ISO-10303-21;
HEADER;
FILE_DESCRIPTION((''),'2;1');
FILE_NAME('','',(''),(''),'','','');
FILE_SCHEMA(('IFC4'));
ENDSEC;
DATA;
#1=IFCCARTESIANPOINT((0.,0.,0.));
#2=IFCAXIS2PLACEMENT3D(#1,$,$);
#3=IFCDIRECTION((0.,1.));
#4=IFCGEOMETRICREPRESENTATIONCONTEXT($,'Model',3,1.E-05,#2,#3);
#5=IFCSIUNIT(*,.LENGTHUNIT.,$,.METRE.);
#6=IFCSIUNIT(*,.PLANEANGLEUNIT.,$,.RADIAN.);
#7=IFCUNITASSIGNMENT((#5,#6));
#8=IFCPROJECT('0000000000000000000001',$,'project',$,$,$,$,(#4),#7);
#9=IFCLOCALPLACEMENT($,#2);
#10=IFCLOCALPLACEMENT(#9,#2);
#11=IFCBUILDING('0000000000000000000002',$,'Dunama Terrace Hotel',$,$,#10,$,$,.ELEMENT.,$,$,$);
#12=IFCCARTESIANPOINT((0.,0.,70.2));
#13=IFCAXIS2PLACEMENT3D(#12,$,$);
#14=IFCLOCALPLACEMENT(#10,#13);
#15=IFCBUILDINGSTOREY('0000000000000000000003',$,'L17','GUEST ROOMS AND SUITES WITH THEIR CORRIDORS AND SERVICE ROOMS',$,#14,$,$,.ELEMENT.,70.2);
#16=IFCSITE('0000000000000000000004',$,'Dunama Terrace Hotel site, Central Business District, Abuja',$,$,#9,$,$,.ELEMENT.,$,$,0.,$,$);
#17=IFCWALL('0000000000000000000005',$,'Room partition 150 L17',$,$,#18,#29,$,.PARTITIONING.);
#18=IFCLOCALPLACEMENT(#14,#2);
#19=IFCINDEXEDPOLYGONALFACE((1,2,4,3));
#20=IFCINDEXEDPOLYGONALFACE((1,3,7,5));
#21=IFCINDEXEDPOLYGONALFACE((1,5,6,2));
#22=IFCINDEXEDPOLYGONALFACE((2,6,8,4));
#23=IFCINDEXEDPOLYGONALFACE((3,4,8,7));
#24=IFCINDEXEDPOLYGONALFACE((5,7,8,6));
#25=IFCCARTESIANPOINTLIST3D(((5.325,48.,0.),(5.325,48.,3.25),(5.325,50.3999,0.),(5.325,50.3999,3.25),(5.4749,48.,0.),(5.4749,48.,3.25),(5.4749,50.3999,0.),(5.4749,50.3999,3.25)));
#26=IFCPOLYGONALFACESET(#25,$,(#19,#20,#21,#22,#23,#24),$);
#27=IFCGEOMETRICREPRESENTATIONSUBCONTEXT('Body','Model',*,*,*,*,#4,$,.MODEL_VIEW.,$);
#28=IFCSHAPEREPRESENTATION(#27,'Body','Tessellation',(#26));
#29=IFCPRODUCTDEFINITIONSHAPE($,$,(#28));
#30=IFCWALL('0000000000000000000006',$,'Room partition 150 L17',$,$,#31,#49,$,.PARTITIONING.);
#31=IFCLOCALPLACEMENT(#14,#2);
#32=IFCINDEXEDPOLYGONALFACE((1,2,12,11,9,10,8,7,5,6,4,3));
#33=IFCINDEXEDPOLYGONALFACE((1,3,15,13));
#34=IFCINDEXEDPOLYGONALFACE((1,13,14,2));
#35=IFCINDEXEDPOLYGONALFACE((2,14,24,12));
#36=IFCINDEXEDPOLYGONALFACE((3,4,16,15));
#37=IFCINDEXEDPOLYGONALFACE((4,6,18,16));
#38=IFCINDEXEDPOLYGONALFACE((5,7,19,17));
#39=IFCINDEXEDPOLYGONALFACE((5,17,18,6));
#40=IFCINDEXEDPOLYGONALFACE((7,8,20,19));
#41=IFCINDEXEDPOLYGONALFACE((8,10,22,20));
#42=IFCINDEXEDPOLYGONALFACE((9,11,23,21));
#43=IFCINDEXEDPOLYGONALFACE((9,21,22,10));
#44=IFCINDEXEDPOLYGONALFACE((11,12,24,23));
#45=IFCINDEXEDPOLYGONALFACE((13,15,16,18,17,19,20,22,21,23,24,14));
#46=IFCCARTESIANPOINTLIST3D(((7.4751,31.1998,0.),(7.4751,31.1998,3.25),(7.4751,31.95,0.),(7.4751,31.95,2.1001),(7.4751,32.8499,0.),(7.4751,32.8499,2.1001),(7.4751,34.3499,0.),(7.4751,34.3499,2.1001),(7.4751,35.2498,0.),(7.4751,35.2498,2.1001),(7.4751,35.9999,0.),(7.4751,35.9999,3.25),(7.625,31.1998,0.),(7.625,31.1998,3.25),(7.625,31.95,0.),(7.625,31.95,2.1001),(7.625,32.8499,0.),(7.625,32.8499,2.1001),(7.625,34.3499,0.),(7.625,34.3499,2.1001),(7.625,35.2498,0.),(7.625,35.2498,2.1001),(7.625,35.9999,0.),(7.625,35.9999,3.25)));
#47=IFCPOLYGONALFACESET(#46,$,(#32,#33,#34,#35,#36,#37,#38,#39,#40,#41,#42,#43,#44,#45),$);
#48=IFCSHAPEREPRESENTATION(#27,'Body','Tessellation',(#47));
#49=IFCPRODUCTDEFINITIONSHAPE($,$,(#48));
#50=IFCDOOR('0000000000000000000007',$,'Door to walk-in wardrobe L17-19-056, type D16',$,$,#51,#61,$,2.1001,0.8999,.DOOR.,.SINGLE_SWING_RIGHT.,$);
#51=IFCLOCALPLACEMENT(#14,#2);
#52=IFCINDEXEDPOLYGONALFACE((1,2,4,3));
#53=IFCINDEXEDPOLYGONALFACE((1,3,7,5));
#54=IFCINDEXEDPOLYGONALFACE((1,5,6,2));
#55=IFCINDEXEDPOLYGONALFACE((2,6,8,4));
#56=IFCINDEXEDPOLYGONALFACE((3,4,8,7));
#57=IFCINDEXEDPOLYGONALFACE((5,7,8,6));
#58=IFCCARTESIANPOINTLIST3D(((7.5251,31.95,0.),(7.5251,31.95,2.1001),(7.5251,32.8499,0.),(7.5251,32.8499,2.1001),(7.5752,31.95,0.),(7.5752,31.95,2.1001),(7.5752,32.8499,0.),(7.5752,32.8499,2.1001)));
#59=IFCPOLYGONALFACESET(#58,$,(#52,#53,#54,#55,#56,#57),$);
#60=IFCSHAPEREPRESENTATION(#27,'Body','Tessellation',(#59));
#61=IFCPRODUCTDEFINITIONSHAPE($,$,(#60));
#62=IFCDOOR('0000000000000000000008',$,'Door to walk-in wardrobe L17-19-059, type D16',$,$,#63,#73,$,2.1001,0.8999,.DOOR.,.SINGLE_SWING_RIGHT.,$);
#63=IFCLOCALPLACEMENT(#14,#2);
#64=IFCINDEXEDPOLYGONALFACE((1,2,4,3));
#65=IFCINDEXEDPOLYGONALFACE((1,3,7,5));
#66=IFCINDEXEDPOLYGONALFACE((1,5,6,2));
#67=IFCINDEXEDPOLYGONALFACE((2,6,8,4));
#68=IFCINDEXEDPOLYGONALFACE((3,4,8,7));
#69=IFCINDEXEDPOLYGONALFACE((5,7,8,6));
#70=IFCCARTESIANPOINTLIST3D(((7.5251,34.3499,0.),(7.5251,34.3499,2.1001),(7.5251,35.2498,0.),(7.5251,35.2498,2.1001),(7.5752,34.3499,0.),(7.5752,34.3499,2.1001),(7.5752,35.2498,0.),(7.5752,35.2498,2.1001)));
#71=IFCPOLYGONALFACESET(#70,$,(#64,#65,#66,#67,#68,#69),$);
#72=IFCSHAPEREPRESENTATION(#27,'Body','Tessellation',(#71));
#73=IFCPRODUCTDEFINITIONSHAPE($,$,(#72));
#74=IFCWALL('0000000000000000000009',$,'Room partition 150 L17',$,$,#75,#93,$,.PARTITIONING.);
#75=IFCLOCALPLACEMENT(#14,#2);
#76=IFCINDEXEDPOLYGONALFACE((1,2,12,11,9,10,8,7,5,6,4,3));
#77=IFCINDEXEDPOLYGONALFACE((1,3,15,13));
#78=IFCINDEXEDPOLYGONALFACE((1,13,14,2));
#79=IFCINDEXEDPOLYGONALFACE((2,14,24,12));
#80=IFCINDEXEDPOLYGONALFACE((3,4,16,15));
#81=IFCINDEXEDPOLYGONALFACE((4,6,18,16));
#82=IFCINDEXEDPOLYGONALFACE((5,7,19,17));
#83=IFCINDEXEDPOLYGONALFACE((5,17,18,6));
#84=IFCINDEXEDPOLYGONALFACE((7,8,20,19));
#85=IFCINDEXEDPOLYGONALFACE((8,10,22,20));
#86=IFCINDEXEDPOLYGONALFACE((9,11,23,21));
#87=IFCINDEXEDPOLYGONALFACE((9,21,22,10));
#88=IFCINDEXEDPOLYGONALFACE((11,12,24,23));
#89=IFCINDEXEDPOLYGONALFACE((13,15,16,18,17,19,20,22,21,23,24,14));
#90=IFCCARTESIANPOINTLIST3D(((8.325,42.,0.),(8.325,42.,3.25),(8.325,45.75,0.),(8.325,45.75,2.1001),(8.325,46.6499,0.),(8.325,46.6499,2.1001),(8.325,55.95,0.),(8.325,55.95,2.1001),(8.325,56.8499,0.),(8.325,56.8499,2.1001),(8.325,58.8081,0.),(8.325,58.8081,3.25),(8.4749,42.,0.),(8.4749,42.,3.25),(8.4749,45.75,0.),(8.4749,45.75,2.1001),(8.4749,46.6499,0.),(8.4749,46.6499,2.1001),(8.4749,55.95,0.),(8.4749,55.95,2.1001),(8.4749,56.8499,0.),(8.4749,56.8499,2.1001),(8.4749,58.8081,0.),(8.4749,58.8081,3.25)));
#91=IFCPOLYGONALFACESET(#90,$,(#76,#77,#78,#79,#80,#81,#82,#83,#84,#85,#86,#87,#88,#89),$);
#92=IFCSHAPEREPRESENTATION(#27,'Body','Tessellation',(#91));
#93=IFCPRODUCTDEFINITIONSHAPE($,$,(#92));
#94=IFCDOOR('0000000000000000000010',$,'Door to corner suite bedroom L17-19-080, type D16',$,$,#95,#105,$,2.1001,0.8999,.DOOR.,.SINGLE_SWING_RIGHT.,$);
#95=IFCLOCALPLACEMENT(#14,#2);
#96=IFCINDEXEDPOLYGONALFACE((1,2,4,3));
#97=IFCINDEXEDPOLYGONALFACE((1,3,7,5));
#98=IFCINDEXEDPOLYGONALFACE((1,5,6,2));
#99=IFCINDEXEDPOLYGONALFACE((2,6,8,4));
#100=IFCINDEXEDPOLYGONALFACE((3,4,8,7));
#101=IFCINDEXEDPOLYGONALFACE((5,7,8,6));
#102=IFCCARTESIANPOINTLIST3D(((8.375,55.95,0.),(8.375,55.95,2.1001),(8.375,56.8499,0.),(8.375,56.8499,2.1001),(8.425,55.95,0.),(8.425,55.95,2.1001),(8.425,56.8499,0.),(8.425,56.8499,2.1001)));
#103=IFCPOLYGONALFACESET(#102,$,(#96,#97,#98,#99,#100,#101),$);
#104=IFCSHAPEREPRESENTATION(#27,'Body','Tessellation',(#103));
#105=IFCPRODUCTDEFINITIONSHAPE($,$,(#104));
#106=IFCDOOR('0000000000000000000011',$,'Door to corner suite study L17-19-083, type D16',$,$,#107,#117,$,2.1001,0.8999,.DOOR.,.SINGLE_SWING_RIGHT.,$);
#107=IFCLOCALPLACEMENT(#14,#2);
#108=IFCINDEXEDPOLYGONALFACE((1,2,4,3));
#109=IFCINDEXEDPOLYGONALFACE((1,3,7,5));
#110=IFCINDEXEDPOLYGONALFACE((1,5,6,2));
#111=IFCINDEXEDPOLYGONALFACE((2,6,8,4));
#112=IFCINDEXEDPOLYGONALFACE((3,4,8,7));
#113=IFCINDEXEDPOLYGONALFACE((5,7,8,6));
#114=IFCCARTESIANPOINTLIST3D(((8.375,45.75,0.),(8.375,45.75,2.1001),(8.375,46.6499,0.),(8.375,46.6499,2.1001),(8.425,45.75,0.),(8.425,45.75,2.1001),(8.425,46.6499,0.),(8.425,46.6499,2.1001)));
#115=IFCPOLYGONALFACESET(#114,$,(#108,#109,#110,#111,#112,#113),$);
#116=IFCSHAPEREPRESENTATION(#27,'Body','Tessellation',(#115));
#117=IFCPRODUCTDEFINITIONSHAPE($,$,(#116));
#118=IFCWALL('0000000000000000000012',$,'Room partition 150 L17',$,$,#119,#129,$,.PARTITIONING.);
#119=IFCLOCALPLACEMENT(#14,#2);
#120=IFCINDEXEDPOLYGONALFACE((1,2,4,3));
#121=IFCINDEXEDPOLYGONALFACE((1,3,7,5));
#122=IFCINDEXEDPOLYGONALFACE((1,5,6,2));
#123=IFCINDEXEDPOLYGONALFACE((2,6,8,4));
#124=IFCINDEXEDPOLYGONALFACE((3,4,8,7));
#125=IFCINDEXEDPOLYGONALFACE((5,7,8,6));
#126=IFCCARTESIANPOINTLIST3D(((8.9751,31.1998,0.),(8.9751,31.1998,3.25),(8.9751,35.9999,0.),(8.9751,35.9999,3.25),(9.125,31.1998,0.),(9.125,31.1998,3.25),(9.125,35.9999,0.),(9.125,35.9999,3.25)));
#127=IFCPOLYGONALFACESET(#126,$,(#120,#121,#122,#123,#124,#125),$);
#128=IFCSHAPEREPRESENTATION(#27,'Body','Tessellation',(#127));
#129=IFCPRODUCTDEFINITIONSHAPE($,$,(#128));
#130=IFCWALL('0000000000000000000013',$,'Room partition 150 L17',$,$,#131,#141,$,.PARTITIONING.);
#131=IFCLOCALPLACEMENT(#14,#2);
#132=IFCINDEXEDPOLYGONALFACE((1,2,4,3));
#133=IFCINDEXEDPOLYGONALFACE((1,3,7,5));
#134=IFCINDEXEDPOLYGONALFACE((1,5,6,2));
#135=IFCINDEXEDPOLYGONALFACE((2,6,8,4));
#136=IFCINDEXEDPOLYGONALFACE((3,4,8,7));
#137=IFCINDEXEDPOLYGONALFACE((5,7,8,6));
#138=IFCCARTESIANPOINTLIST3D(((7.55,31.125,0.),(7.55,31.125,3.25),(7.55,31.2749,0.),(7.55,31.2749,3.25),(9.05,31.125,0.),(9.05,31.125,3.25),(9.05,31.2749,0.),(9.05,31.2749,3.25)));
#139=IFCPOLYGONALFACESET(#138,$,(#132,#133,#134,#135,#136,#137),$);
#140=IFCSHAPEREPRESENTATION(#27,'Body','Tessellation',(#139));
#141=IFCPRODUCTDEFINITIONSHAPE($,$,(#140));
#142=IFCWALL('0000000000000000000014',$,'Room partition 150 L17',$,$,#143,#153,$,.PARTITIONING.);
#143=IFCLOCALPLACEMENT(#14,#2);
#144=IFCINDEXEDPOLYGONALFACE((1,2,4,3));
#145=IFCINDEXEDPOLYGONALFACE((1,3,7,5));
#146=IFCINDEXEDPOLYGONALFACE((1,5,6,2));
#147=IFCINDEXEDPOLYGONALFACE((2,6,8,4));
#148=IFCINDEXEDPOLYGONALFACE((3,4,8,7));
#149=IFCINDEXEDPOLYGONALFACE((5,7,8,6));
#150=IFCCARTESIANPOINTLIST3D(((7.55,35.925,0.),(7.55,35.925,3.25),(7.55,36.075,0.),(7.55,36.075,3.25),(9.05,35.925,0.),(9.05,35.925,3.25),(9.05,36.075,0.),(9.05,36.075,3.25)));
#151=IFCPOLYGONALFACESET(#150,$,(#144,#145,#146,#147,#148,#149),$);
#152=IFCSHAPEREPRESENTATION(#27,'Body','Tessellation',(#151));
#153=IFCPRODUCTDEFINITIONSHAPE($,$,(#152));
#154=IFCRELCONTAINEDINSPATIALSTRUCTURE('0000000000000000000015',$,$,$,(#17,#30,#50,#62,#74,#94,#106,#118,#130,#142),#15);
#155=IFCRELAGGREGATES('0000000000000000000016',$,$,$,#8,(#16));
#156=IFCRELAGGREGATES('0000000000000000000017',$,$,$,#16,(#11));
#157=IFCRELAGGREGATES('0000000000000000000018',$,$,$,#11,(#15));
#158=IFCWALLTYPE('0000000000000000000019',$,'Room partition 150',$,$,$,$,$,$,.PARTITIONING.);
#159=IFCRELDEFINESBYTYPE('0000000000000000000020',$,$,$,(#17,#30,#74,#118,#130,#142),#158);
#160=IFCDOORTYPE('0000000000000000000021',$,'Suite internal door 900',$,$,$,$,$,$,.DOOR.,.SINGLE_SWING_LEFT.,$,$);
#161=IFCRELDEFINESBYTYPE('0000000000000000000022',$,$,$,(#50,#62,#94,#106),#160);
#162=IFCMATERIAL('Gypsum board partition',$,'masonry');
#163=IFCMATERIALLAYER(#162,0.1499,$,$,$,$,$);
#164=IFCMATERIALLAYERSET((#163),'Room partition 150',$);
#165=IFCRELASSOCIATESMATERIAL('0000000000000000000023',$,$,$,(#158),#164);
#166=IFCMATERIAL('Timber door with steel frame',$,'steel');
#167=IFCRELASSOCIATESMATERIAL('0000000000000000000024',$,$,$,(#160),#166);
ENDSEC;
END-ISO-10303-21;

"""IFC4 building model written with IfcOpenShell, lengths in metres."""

from ifc_helpers import new_model, si_unit, direction, frame, frame_2d, origin, place, context, subcontext, project, spatial, rectangle, extrude, material, layer, layer_set, type_object, element, fill, save


model = new_model("IFC4")

# Units and contexts
model_context = context("Model", 3, precision=1e-05, world=origin(), true_north=direction((0.0, 1.0)))
body_context = subcontext(model_context, "Body", "Model", "MODEL_VIEW")
ifc_project = project(units=[si_unit("LENGTHUNIT", "METRE"), si_unit("PLANEANGLEUNIT", "RADIAN")], contexts=[model_context])

# Site, building, storey
site_placement = place(None, origin())
site = spatial("IfcSite", under=ifc_project, at=site_placement, Name="Dunama Terrace Hotel site, Central Business District, Abuja", CompositionType="ELEMENT", RefElevation=0.0)
building_placement = place(site_placement, origin())
building = spatial("IfcBuilding", under=site, at=building_placement, Name="Dunama Terrace Hotel", CompositionType="ELEMENT")
storey_placement = place(building_placement, frame((0.0, 0.0, 70.2)))
storey = spatial("IfcBuildingStorey", under=building, at=storey_placement, Name="L17", Description="GUEST ROOMS AND SUITES WITH THEIR CORRIDORS AND SERVICE ROOMS", CompositionType="ELEMENT", Elevation=70.2)

# Wall
ifc_material_1 = material(Name="Gypsum board partition", Category="masonry")
ifc_layer_1 = layer(ifc_material_1, 0.1499)
ifc_layer_set_1 = layer_set([ifc_layer_1], Name="Room partition 150")
wall_type_1 = type_object("IfcWallType", Name="Room partition 150", PredefinedType="PARTITIONING", material=ifc_layer_set_1)
wall_1_placement = place(storey_placement, frame((5.3999, 48.0, 0.0), z_axis=(0.0, 0.0, 1.0), x_axis=(0.0, 1.0, 0.0)))
element("IfcWall", 1, at=wall_1_placement, inside=storey, type_object=wall_type_1, Name="Room partition 150 L17", PredefinedType="PARTITIONING", context=body_context, shape_type="SweptSolid", body=[
    extrude(rectangle(XDim=2.3999, YDim=0.1499, at=frame_2d((1.2, 0.0))), origin(), (0.0, 0.0, 1.0), 3.25),
])

# Walls, openings, doors
wall_2_placement = place(storey_placement, frame((7.55, 31.2, 0.0), z_axis=(0.0, 0.0, 1.0), x_axis=(0.0, 1.0, 0.0)))
wall_2 = element("IfcWall", 2, at=wall_2_placement, inside=storey, type_object=wall_type_1, Name="Room partition 150 L17", PredefinedType="PARTITIONING", context=body_context, shape_type="SweptSolid", body=[
    extrude(rectangle(XDim=4.8, YDim=0.1499, at=frame_2d((2.3999, 0.0))), origin(), (0.0, 0.0, 1.0), 3.25),
])
opening_1_placement = place(wall_2_placement, frame((0.75, 0.0, 0.0)))
opening_1 = element("IfcOpeningElement", 3, at=opening_1_placement, cuts=wall_2, PredefinedType="OPENING", context=body_context, shape_type="SweptSolid", body=[
    extrude(rectangle(XDim=0.8999, YDim=2.1001, at=frame_2d((0.45, 1.05))), frame((0.0, 0.085, 0.0), z_axis=(0.0, -1.0, 0.0), x_axis=(1.0, 0.0, 0.0)), (0.0, 0.0, 1.0), 0.1699),
])
opening_2_placement = place(wall_2_placement, frame((3.1499, 0.0, 0.0)))
opening_2 = element("IfcOpeningElement", 4, at=opening_2_placement, cuts=wall_2, PredefinedType="OPENING", context=body_context, shape_type="SweptSolid", body=[
    extrude(rectangle(XDim=0.8999, YDim=2.1001, at=frame_2d((0.45, 1.05))), frame((0.0, 0.085, 0.0), z_axis=(0.0, -1.0, 0.0), x_axis=(1.0, 0.0, 0.0)), (0.0, 0.0, 1.0), 0.1699),
])
ifc_material_2 = material(Name="Timber door with steel frame", Category="steel")
door_type_1 = type_object("IfcDoorType", Name="Suite internal door 900", OperationType="SINGLE_SWING_LEFT", PredefinedType="DOOR", material=ifc_material_2)
door_1_placement = place(opening_1_placement, frame((0.8999, 0.0, 0.0), z_axis=(0.0, 0.0, 1.0), x_axis=(-1.0, 0.0, 0.0)))
door_1 = element("IfcDoor", 5, at=door_1_placement, inside=storey, type_object=door_type_1, Name="Door to walk-in wardrobe L17-19-056, type D16", OperationType="SINGLE_SWING_RIGHT", OverallHeight=2.1001, OverallWidth=0.8999, PredefinedType="DOOR", context=body_context, shape_type="SweptSolid", body=[
    extrude(rectangle(XDim=0.8999, YDim=2.1001, at=frame_2d((0.45, 1.05))), frame((0.0, 0.0251, 0.0), z_axis=(0.0, -1.0, 0.0), x_axis=(1.0, 0.0, 0.0)), (0.0, 0.0, 1.0), 0.05),
])
fill(opening_1, door_1)
door_2_placement = place(opening_2_placement, frame((0.8999, 0.0, 0.0), z_axis=(0.0, 0.0, 1.0), x_axis=(-1.0, 0.0, 0.0)))
door_2 = element("IfcDoor", 6, at=door_2_placement, inside=storey, type_object=door_type_1, Name="Door to walk-in wardrobe L17-19-059, type D16", OperationType="SINGLE_SWING_RIGHT", OverallHeight=2.1001, OverallWidth=0.8999, PredefinedType="DOOR", context=body_context, shape_type="SweptSolid", body=[
    extrude(rectangle(XDim=0.8999, YDim=2.1001, at=frame_2d((0.45, 1.05))), frame((0.0, 0.0251, 0.0), z_axis=(0.0, -1.0, 0.0), x_axis=(1.0, 0.0, 0.0)), (0.0, 0.0, 1.0), 0.05),
])
fill(opening_2, door_2)
wall_3_placement = place(storey_placement, frame((8.3999, 42.0, 0.0), z_axis=(0.0, 0.0, 1.0), x_axis=(0.0, 1.0, 0.0)))
wall_3 = element("IfcWall", 7, at=wall_3_placement, inside=storey, type_object=wall_type_1, Name="Room partition 150 L17", PredefinedType="PARTITIONING", context=body_context, shape_type="SweptSolid", body=[
    extrude(rectangle(XDim=16.8081, YDim=0.1499, at=frame_2d((8.4041, 0.0))), origin(), (0.0, 0.0, 1.0), 3.25),
])
opening_3_placement = place(wall_3_placement, frame((13.95, 0.0, 0.0)))
opening_3 = element("IfcOpeningElement", 8, at=opening_3_placement, cuts=wall_3, PredefinedType="OPENING", context=body_context, shape_type="SweptSolid", body=[
    extrude(rectangle(XDim=0.8999, YDim=2.1001, at=frame_2d((0.45, 1.05))), frame((0.0, 0.085, 0.0), z_axis=(0.0, -1.0, 0.0), x_axis=(1.0, 0.0, 0.0)), (0.0, 0.0, 1.0), 0.1699),
])
opening_4_placement = place(wall_3_placement, frame((3.75, 0.0, 0.0)))
opening_4 = element("IfcOpeningElement", 9, at=opening_4_placement, cuts=wall_3, PredefinedType="OPENING", context=body_context, shape_type="SweptSolid", body=[
    extrude(rectangle(XDim=0.8999, YDim=2.1001, at=frame_2d((0.45, 1.05))), frame((0.0, 0.085, 0.0), z_axis=(0.0, -1.0, 0.0), x_axis=(1.0, 0.0, 0.0)), (0.0, 0.0, 1.0), 0.1699),
])
door_3_placement = place(opening_3_placement, origin())
door_3 = element("IfcDoor", 10, at=door_3_placement, inside=storey, type_object=door_type_1, Name="Door to corner suite bedroom L17-19-080, type D16", OperationType="SINGLE_SWING_RIGHT", OverallHeight=2.1001, OverallWidth=0.8999, PredefinedType="DOOR", context=body_context, shape_type="SweptSolid", body=[
    extrude(rectangle(XDim=0.8999, YDim=2.1001, at=frame_2d((0.45, 1.05))), frame((0.0, 0.0249, 0.0), z_axis=(0.0, -1.0, 0.0), x_axis=(1.0, 0.0, 0.0)), (0.0, 0.0, 1.0), 0.05),
])
fill(opening_3, door_3)
door_4_placement = place(opening_4_placement, origin())
door_4 = element("IfcDoor", 11, at=door_4_placement, inside=storey, type_object=door_type_1, Name="Door to corner suite study L17-19-083, type D16", OperationType="SINGLE_SWING_RIGHT", OverallHeight=2.1001, OverallWidth=0.8999, PredefinedType="DOOR", context=body_context, shape_type="SweptSolid", body=[
    extrude(rectangle(XDim=0.8999, YDim=2.1001, at=frame_2d((0.45, 1.05))), frame((0.0, 0.0249, 0.0), z_axis=(0.0, -1.0, 0.0), x_axis=(1.0, 0.0, 0.0)), (0.0, 0.0, 1.0), 0.05),
])
fill(opening_4, door_4)

# Walls
wall_4_placement = place(storey_placement, frame((9.05, 31.2, 0.0), z_axis=(0.0, 0.0, 1.0), x_axis=(0.0, 1.0, 0.0)))
element("IfcWall", 12, at=wall_4_placement, inside=storey, type_object=wall_type_1, Name="Room partition 150 L17", PredefinedType="PARTITIONING", context=body_context, shape_type="SweptSolid", body=[
    extrude(rectangle(XDim=4.8, YDim=0.1499, at=frame_2d((2.3999, 0.0))), origin(), (0.0, 0.0, 1.0), 3.25),
])
for number, where, z_axis, x_axis, name in (
    (13, (7.55, 31.2, 0.0), (0.0, 0.0, 1.0), (1.0, 0.0, 0.0), "Room partition 150 L17"),
    (14, (7.55, 36.0, 0.0), (0.0, 0.0, 1.0), (1.0, 0.0, 0.0), "Room partition 150 L17"),
):
    element("IfcWall", number, at=place(storey_placement, frame(where, z_axis=z_axis, x_axis=x_axis)), inside=storey, type_object=wall_type_1, Name=name, PredefinedType="PARTITIONING", context=body_context, shape_type="SweptSolid", body=[
        extrude(rectangle(XDim=1.5, YDim=0.1499, at=frame_2d((0.75, 0.0))), origin(), (0.0, 0.0, 1.0), 3.25),
    ])

save(model, "model.ifc")
